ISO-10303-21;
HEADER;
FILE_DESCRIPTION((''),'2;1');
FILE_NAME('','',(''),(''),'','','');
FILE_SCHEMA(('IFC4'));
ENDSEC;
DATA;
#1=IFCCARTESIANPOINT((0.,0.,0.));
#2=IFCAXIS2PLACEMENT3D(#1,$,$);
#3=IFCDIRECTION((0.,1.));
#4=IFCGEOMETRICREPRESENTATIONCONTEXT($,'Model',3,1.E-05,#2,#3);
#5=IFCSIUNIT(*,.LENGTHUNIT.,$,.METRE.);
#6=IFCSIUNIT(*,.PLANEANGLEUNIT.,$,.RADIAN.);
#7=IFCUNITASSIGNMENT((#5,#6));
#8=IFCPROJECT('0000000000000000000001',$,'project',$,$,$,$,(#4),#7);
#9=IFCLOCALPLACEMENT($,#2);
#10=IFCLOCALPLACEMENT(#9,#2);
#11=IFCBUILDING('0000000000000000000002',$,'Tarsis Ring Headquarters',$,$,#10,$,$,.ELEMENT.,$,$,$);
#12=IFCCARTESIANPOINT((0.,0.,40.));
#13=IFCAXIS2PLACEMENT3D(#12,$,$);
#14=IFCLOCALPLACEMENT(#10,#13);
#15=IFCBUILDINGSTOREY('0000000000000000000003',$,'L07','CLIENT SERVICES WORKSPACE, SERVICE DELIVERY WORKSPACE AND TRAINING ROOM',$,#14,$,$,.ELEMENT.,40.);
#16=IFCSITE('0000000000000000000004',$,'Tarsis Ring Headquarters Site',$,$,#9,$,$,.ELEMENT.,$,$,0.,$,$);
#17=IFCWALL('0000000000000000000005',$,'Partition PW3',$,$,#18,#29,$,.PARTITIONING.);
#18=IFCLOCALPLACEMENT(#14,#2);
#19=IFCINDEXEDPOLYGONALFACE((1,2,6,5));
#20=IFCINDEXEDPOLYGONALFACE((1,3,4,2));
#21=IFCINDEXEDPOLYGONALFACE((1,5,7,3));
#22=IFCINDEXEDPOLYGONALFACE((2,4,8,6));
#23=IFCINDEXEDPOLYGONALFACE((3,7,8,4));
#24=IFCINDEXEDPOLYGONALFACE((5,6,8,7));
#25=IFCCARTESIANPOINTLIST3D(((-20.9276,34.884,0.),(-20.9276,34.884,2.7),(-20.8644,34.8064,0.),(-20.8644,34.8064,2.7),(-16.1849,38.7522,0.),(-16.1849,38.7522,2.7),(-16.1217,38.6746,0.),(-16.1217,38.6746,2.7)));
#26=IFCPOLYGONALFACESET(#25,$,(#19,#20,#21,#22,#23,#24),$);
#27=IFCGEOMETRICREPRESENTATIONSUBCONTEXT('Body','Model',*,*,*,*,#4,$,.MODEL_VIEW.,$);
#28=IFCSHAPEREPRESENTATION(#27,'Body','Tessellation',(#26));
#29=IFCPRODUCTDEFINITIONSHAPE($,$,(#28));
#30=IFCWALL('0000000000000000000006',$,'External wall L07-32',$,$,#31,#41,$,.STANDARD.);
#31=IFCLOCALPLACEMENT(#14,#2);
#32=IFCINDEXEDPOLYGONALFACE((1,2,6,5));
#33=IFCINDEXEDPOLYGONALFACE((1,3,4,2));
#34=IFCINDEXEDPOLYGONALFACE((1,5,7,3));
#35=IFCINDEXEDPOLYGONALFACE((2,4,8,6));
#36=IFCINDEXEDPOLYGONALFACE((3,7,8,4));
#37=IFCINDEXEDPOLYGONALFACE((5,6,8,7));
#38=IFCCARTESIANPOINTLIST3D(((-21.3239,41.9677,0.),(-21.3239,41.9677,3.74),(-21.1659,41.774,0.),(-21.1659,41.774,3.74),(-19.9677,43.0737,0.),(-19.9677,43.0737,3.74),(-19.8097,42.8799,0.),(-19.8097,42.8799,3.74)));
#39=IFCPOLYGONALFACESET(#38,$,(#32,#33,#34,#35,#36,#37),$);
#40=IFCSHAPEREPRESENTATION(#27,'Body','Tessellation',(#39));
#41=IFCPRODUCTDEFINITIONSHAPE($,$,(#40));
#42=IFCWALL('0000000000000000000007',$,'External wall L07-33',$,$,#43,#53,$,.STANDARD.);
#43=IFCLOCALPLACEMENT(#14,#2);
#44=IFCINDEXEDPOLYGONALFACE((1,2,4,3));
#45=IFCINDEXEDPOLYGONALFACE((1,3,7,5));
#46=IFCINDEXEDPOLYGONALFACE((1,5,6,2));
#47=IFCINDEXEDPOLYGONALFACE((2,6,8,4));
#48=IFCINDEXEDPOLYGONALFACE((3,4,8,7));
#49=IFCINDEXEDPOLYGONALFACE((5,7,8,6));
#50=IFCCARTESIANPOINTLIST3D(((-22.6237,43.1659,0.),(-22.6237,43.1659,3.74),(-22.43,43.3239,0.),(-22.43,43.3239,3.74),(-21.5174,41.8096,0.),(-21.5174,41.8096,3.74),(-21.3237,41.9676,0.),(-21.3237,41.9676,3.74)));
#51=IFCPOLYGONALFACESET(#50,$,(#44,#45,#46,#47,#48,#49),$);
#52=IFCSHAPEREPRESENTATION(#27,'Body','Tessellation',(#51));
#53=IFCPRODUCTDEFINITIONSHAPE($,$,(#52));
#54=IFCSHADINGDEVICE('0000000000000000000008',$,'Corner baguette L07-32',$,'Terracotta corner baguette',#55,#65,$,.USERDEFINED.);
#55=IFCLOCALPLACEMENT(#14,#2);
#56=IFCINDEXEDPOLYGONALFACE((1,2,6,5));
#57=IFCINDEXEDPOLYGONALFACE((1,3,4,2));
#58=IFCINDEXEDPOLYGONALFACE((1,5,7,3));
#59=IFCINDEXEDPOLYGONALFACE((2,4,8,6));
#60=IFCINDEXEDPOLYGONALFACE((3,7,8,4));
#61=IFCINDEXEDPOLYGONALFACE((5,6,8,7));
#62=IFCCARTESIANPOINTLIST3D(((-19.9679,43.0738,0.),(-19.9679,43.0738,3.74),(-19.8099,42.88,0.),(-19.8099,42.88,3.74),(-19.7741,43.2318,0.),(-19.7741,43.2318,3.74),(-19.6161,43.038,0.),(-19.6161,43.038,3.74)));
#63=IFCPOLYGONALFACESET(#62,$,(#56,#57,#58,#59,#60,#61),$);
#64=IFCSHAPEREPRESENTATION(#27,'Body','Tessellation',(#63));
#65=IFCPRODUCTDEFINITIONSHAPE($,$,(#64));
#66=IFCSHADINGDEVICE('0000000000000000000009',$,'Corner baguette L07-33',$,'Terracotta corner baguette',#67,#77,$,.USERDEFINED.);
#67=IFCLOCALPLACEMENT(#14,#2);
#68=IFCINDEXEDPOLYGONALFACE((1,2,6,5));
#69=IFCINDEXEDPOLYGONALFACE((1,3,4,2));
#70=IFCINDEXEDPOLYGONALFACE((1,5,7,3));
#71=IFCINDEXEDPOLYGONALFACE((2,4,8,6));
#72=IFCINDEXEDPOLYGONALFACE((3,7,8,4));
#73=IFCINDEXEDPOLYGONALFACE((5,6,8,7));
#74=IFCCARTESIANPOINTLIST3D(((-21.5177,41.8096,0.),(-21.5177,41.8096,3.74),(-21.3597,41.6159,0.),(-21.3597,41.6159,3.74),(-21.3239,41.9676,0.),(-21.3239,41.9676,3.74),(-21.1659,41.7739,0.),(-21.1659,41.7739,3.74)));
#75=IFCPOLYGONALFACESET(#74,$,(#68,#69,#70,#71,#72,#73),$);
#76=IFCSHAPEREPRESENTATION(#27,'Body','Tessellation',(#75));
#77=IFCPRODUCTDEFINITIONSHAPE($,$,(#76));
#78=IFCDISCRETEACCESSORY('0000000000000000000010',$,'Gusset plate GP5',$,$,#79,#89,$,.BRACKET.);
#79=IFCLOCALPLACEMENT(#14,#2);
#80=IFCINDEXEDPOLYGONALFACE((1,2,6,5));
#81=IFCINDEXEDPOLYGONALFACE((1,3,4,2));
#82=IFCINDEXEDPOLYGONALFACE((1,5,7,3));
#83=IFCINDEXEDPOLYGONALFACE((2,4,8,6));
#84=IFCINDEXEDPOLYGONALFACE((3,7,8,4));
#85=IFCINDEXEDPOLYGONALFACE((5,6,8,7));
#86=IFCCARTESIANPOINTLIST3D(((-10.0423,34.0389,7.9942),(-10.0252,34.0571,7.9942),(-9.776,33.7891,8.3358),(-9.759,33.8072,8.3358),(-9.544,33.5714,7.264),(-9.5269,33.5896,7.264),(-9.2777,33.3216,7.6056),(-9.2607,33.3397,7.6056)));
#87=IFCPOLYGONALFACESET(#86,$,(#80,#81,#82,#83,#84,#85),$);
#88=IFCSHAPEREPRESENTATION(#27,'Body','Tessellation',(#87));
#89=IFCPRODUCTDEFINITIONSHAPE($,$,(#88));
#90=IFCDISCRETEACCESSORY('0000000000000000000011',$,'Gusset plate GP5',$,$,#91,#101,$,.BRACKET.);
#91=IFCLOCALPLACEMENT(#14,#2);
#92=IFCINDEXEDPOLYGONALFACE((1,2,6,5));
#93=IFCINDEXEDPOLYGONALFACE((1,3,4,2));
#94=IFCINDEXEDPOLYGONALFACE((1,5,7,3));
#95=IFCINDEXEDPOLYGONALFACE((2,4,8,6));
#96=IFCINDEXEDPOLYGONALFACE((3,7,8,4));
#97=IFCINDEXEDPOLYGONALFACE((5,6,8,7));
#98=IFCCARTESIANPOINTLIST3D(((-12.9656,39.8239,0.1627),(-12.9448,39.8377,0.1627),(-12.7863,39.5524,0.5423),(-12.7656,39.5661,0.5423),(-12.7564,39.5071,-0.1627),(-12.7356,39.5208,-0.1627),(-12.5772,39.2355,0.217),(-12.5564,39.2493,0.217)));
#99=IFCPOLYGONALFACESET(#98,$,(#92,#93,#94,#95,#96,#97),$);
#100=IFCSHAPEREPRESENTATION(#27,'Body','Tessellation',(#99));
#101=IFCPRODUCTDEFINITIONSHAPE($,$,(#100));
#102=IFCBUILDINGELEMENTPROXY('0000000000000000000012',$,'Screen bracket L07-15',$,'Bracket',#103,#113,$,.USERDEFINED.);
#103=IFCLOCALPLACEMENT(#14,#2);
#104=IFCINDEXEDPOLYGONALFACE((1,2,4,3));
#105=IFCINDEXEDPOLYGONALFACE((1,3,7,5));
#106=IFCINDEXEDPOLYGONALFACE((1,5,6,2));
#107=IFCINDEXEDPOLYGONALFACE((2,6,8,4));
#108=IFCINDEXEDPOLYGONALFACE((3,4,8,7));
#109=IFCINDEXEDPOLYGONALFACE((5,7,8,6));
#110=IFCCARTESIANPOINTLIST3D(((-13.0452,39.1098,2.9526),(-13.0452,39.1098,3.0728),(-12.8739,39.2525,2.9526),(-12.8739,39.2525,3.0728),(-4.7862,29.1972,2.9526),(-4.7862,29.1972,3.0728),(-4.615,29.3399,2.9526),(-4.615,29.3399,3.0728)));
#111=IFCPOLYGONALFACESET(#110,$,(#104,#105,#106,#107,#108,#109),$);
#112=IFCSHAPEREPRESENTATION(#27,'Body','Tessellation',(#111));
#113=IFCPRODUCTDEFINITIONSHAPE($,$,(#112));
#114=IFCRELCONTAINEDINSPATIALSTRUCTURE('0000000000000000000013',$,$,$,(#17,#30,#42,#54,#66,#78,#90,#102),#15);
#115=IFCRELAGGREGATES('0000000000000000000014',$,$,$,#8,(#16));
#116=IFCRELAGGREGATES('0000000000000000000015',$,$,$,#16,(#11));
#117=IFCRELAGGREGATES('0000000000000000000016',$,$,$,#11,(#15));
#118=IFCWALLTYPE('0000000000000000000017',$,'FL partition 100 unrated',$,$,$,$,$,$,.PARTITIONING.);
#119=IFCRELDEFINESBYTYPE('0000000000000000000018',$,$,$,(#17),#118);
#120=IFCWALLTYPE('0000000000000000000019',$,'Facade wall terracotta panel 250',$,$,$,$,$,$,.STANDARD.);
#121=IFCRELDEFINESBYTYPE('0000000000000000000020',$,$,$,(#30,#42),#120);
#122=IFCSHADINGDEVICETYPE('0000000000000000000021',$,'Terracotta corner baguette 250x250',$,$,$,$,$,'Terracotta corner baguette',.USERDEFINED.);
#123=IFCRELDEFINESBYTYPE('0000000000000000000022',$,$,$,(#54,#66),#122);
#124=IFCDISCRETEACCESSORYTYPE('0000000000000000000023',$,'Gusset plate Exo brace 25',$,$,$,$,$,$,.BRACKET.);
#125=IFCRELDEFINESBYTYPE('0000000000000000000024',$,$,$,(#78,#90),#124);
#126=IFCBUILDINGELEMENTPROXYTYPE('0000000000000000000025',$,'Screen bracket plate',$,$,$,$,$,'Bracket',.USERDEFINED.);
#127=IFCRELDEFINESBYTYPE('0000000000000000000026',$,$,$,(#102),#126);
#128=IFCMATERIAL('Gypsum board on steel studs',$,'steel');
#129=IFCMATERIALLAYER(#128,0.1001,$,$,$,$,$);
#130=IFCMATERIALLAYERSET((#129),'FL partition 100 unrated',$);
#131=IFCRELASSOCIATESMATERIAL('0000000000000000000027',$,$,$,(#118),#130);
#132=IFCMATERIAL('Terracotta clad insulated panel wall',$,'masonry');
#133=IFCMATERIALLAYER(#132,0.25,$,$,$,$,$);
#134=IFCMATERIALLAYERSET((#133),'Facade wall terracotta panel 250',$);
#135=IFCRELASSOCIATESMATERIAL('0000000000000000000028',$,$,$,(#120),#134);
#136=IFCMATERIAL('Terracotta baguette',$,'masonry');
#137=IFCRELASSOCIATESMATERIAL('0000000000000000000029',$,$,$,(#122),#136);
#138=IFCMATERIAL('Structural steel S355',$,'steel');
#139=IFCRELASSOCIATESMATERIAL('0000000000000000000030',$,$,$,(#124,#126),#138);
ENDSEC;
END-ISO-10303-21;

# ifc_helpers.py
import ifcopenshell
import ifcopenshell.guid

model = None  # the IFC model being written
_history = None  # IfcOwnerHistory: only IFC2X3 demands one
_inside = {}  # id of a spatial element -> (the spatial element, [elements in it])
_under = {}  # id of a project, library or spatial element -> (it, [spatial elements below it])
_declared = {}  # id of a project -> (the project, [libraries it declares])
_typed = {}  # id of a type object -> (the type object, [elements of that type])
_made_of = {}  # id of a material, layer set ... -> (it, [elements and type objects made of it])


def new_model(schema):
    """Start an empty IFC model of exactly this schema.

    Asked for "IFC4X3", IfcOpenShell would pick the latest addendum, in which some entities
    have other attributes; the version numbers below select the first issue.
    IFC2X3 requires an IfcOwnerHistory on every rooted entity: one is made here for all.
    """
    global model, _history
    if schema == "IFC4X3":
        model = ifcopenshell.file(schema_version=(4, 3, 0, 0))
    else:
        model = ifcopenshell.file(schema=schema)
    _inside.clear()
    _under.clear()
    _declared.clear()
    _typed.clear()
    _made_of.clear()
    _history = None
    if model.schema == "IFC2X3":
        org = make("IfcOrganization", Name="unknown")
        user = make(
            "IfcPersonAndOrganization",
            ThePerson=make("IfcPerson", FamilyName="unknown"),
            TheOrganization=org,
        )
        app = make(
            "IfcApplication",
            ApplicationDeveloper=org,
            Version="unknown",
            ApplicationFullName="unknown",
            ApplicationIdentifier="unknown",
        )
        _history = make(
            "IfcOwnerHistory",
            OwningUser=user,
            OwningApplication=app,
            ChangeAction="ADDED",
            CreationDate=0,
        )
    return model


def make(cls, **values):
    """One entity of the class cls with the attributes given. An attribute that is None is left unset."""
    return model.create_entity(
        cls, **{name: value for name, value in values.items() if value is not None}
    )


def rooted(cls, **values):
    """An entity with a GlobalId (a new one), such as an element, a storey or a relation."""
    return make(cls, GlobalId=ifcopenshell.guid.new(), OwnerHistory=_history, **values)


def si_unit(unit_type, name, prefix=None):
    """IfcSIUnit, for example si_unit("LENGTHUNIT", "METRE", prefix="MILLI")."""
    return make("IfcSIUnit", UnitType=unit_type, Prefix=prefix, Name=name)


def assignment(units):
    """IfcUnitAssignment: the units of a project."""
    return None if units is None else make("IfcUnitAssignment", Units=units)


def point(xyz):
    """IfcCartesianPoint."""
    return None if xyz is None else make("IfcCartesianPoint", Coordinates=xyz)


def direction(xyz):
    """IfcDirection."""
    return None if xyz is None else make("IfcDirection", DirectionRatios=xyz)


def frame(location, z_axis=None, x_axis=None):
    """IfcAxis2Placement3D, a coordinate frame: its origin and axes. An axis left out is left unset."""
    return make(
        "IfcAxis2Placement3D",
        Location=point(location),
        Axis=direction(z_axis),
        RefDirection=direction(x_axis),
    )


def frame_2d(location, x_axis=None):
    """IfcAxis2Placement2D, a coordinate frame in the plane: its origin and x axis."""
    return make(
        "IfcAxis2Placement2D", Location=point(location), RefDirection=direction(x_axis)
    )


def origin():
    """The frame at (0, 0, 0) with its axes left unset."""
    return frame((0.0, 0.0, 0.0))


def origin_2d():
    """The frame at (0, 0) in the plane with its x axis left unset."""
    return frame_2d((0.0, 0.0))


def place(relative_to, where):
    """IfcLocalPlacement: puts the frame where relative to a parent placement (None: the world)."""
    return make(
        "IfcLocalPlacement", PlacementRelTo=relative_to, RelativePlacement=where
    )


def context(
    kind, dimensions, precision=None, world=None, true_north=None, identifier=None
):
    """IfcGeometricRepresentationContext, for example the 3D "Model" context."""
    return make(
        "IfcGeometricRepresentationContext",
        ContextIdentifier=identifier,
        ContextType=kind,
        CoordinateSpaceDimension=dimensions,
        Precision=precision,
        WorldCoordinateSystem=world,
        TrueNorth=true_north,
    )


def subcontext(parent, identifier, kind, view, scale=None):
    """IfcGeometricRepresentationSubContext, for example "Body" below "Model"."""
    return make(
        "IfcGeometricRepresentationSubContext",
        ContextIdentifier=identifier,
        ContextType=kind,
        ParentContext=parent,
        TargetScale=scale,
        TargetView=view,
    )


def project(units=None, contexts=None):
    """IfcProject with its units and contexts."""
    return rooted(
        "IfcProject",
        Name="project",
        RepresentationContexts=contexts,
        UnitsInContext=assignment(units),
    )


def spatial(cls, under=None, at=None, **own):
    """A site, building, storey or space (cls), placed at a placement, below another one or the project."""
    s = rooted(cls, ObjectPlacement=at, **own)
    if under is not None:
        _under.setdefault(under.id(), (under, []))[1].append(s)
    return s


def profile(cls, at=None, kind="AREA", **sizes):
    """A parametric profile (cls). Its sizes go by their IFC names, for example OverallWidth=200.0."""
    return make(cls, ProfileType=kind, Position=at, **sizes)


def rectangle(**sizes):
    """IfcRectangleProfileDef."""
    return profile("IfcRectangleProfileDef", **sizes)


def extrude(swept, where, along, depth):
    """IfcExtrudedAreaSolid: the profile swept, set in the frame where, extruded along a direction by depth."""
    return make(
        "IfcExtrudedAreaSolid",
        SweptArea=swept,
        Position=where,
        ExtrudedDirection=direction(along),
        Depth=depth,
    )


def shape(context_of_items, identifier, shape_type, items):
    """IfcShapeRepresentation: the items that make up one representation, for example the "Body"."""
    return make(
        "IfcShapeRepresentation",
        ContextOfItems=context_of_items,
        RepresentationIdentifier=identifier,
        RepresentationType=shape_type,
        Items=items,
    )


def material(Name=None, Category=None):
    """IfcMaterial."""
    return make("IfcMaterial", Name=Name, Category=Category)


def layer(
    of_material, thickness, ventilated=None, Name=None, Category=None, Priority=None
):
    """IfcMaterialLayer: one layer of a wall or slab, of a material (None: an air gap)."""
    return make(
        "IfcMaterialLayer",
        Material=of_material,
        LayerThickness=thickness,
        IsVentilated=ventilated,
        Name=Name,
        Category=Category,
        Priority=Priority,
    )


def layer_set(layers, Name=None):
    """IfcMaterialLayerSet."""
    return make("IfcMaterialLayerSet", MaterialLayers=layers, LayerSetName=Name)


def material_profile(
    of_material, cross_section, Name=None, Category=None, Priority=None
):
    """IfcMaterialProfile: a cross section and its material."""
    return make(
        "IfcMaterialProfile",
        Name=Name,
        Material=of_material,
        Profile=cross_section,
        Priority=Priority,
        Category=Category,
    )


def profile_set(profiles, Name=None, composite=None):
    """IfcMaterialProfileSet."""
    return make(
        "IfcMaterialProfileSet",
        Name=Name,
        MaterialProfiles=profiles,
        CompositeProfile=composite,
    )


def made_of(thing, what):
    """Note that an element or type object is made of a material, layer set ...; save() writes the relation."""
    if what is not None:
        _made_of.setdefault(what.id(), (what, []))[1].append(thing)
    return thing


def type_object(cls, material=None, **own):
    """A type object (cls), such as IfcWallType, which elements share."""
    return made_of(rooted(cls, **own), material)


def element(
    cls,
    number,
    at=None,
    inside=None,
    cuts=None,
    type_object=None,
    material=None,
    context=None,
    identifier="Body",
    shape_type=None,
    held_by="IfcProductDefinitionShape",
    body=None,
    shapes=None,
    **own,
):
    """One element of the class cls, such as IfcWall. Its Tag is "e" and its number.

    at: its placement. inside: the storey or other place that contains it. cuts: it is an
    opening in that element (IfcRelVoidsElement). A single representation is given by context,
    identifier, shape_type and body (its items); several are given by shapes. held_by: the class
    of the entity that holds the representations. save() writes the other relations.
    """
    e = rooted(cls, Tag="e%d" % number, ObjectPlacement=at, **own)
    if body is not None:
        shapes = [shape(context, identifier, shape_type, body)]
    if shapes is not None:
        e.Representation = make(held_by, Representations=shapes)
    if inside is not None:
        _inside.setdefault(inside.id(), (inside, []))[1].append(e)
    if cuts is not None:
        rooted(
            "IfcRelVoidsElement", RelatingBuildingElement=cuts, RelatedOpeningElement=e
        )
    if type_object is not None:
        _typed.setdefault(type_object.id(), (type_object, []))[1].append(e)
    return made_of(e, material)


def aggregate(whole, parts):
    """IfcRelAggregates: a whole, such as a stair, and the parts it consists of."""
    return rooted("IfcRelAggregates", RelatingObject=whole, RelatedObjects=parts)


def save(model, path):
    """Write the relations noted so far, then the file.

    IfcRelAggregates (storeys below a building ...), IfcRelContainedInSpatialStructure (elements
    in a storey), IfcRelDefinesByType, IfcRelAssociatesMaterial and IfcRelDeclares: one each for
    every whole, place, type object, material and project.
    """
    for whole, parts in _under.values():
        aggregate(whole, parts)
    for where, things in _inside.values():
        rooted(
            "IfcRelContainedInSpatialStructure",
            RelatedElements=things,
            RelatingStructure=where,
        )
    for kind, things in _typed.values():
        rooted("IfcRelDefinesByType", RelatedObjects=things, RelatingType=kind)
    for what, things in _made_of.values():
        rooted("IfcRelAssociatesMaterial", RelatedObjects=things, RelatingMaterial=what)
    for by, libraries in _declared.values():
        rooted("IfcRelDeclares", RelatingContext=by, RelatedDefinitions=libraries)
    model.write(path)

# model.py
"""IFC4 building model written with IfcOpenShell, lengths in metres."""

from ifc_helpers import new_model, si_unit, direction, frame, frame_2d, origin, origin_2d, place, context, subcontext, project, spatial, rectangle, extrude, material, layer, layer_set, material_profile, profile_set, type_object, element, save


model = new_model("IFC4")

# Units and contexts
model_context = context("Model", 3, precision=1e-05, world=origin(), true_north=direction((0.0, 1.0)))
body_context = subcontext(model_context, "Body", "Model", "MODEL_VIEW")
ifc_project = project(units=[si_unit("LENGTHUNIT", "METRE"), si_unit("PLANEANGLEUNIT", "RADIAN")], contexts=[model_context])

# Site, building, storey
site_placement = place(None, origin())
site = spatial("IfcSite", under=ifc_project, at=site_placement, Name="Tarsis Ring Headquarters Site", CompositionType="ELEMENT", RefElevation=0.0)
building_placement = place(site_placement, origin())
building = spatial("IfcBuilding", under=site, at=building_placement, Name="Tarsis Ring Headquarters", CompositionType="ELEMENT")
storey_placement = place(building_placement, frame((0.0, 0.0, 40.0)))
storey = spatial("IfcBuildingStorey", under=building, at=storey_placement, Name="L07", Description="CLIENT SERVICES WORKSPACE, SERVICE DELIVERY WORKSPACE AND TRAINING ROOM", CompositionType="ELEMENT", Elevation=40.0)

# Shared definitions
ifc_material_1 = material(Name="Structural steel S355", Category="steel")

# Walls
ifc_material_2 = material(Name="Gypsum board on steel studs", Category="steel")
ifc_layer_1 = layer(ifc_material_2, 0.1001)
ifc_layer_set_1 = layer_set([ifc_layer_1], Name="FL partition 100 unrated")
wall_type_1 = type_object("IfcWallType", Name="FL partition 100 unrated", PredefinedType="PARTITIONING", material=ifc_layer_set_1)
wall_1_placement = place(storey_placement, frame((-20.896, 34.8452, 0.0), z_axis=(0.0, 0.0, 1.0), x_axis=(0.774934, 0.632042, 0.0)))
element("IfcWall", 1, at=wall_1_placement, inside=storey, type_object=wall_type_1, Name="Partition PW3", PredefinedType="PARTITIONING", context=body_context, shape_type="SweptSolid", body=[
    extrude(rectangle(XDim=6.1201, YDim=0.1001, at=frame_2d((3.0601, 0.0))), origin(), (0.0, 0.0, 1.0), 2.7),
])
ifc_material_3 = material(Name="Terracotta clad insulated panel wall", Category="masonry")
ifc_layer_2 = layer(ifc_material_3, 0.25)
ifc_layer_set_2 = layer_set([ifc_layer_2], Name="Facade wall terracotta panel 250")
wall_type_2 = type_object("IfcWallType", Name="Facade wall terracotta panel 250", PredefinedType="STANDARD", material=ifc_layer_set_2)
wall_2_placement = place(storey_placement, frame((-19.8887, 42.9768, 0.0), z_axis=(0.0, 0.0, 1.0), x_axis=(-0.774982, -0.631983, 0.0)))
element("IfcWall", 2, at=wall_2_placement, inside=storey, type_object=wall_type_2, Name="External wall L07-32", PredefinedType="STANDARD", context=body_context, shape_type="SweptSolid", body=[
    extrude(rectangle(XDim=1.75, YDim=0.25, at=frame_2d((0.875, 0.0))), origin(), (0.0, 0.0, 1.0), 3.74),
])
wall_3_placement = place(storey_placement, frame((-21.4207, 41.8887, 0.0), z_axis=(0.0, 0.0, 1.0), x_axis=(-0.632067, 0.774914, 0.0)))
element("IfcWall", 3, at=wall_3_placement, inside=storey, type_object=wall_type_2, Name="External wall L07-33", PredefinedType="STANDARD", context=body_context, shape_type="SweptSolid", body=[
    extrude(rectangle(XDim=1.7502, YDim=0.25, at=frame_2d((0.875, 0.0))), origin(), (0.0, 0.0, 1.0), 3.74),
])

# Shading devices
ifc_material_4 = material(Name="Terracotta baguette", Category="masonry")
shading_device_type_1 = type_object("IfcShadingDeviceType", Name="Terracotta corner baguette 250x250", ElementType="Terracotta corner baguette", PredefinedType="USERDEFINED", material=ifc_material_4)
for number, where, z_axis, x_axis, name in (
    (4, (-19.792, 43.0559, 0.0), (0.0, 0.0, 1.0), (-0.632029, 0.774944, 0.0), "Corner baguette L07-32"),
    (5, (-21.3418, 41.7917, 0.0), (0.0, 0.0, 1.0), (-0.774944, -0.632029, 0.0), "Corner baguette L07-33"),
):
    element("IfcShadingDevice", number, at=place(storey_placement, frame(where, z_axis=z_axis, x_axis=x_axis)), inside=storey, type_object=shading_device_type_1, Name=name, ObjectType="Terracotta corner baguette", PredefinedType="USERDEFINED", context=body_context, shape_type="SweptSolid", body=[
        extrude(rectangle(XDim=0.25, YDim=0.25, at=origin_2d()), origin(), (0.0, 0.0, 1.0), 3.74),
    ])

# Discrete accessories
ifc_material_profile_1 = material_profile(ifc_material_1, rectangle(XDim=0.0249, YDim=0.5, at=origin_2d()), Name="PL 25x500")
ifc_profile_set_1 = profile_set([ifc_material_profile_1], Name="Structural steel S355")
discrete_accessory_type = type_object("IfcDiscreteAccessoryType", Name="Gusset plate Exo brace 25", PredefinedType="BRACKET", material=ifc_profile_set_1)
discrete_accessory_1_placement = place(storey_placement, frame((-9.4023, 33.4556, 7.4348), z_axis=(-0.498265, 0.467505, 0.730186), x_axis=(-0.684238, -0.729259, 0.0)))
element("IfcDiscreteAccessory", 6, at=discrete_accessory_1_placement, inside=storey, type_object=discrete_accessory_type, Name="Gusset plate GP5", PredefinedType="BRACKET", context=body_context, shape_type="SweptSolid", body=[
    extrude(rectangle(XDim=0.0249, YDim=0.5, at=origin_2d()), origin(), (0.0, 0.0, 1.0), 1.0),
])
discrete_accessory_2_placement = place(storey_placement, frame((-12.8506, 39.6724, 0.0), z_axis=(0.35844, -0.543032, 0.759366), x_axis=(0.834582, 0.550884, 0.0)))
element("IfcDiscreteAccessory", 7, at=discrete_accessory_2_placement, inside=storey, type_object=discrete_accessory_type, Name="Gusset plate GP5", PredefinedType="BRACKET", context=body_context, shape_type="SweptSolid", body=[
    extrude(rectangle(XDim=0.0249, YDim=0.5, at=origin_2d()), origin(), (0.0, 0.0, 1.0), 0.5),
])

# Building element proxy
building_element_proxy_type = type_object("IfcBuildingElementProxyType", Name="Screen bracket plate", ElementType="Bracket", PredefinedType="USERDEFINED", material=ifc_material_1)
proxy_placement = place(storey_placement, frame((-8.8301, 34.2249, 2.9526), z_axis=(0.0, 0.0, 1.0), x_axis=(-0.64011, 0.768284, 0.0)))
element("IfcBuildingElementProxy", 8, at=proxy_placement, inside=storey, type_object=building_element_proxy_type, Name="Screen bracket L07-15", ObjectType="Bracket", PredefinedType="USERDEFINED", context=body_context, shape_type="SweptSolid", body=[
    extrude(rectangle(XDim=12.9023, YDim=0.2229, at=origin_2d()), origin(), (0.0, 0.0, 1.0), 0.1201),
])

save(model, "model.ifc")
